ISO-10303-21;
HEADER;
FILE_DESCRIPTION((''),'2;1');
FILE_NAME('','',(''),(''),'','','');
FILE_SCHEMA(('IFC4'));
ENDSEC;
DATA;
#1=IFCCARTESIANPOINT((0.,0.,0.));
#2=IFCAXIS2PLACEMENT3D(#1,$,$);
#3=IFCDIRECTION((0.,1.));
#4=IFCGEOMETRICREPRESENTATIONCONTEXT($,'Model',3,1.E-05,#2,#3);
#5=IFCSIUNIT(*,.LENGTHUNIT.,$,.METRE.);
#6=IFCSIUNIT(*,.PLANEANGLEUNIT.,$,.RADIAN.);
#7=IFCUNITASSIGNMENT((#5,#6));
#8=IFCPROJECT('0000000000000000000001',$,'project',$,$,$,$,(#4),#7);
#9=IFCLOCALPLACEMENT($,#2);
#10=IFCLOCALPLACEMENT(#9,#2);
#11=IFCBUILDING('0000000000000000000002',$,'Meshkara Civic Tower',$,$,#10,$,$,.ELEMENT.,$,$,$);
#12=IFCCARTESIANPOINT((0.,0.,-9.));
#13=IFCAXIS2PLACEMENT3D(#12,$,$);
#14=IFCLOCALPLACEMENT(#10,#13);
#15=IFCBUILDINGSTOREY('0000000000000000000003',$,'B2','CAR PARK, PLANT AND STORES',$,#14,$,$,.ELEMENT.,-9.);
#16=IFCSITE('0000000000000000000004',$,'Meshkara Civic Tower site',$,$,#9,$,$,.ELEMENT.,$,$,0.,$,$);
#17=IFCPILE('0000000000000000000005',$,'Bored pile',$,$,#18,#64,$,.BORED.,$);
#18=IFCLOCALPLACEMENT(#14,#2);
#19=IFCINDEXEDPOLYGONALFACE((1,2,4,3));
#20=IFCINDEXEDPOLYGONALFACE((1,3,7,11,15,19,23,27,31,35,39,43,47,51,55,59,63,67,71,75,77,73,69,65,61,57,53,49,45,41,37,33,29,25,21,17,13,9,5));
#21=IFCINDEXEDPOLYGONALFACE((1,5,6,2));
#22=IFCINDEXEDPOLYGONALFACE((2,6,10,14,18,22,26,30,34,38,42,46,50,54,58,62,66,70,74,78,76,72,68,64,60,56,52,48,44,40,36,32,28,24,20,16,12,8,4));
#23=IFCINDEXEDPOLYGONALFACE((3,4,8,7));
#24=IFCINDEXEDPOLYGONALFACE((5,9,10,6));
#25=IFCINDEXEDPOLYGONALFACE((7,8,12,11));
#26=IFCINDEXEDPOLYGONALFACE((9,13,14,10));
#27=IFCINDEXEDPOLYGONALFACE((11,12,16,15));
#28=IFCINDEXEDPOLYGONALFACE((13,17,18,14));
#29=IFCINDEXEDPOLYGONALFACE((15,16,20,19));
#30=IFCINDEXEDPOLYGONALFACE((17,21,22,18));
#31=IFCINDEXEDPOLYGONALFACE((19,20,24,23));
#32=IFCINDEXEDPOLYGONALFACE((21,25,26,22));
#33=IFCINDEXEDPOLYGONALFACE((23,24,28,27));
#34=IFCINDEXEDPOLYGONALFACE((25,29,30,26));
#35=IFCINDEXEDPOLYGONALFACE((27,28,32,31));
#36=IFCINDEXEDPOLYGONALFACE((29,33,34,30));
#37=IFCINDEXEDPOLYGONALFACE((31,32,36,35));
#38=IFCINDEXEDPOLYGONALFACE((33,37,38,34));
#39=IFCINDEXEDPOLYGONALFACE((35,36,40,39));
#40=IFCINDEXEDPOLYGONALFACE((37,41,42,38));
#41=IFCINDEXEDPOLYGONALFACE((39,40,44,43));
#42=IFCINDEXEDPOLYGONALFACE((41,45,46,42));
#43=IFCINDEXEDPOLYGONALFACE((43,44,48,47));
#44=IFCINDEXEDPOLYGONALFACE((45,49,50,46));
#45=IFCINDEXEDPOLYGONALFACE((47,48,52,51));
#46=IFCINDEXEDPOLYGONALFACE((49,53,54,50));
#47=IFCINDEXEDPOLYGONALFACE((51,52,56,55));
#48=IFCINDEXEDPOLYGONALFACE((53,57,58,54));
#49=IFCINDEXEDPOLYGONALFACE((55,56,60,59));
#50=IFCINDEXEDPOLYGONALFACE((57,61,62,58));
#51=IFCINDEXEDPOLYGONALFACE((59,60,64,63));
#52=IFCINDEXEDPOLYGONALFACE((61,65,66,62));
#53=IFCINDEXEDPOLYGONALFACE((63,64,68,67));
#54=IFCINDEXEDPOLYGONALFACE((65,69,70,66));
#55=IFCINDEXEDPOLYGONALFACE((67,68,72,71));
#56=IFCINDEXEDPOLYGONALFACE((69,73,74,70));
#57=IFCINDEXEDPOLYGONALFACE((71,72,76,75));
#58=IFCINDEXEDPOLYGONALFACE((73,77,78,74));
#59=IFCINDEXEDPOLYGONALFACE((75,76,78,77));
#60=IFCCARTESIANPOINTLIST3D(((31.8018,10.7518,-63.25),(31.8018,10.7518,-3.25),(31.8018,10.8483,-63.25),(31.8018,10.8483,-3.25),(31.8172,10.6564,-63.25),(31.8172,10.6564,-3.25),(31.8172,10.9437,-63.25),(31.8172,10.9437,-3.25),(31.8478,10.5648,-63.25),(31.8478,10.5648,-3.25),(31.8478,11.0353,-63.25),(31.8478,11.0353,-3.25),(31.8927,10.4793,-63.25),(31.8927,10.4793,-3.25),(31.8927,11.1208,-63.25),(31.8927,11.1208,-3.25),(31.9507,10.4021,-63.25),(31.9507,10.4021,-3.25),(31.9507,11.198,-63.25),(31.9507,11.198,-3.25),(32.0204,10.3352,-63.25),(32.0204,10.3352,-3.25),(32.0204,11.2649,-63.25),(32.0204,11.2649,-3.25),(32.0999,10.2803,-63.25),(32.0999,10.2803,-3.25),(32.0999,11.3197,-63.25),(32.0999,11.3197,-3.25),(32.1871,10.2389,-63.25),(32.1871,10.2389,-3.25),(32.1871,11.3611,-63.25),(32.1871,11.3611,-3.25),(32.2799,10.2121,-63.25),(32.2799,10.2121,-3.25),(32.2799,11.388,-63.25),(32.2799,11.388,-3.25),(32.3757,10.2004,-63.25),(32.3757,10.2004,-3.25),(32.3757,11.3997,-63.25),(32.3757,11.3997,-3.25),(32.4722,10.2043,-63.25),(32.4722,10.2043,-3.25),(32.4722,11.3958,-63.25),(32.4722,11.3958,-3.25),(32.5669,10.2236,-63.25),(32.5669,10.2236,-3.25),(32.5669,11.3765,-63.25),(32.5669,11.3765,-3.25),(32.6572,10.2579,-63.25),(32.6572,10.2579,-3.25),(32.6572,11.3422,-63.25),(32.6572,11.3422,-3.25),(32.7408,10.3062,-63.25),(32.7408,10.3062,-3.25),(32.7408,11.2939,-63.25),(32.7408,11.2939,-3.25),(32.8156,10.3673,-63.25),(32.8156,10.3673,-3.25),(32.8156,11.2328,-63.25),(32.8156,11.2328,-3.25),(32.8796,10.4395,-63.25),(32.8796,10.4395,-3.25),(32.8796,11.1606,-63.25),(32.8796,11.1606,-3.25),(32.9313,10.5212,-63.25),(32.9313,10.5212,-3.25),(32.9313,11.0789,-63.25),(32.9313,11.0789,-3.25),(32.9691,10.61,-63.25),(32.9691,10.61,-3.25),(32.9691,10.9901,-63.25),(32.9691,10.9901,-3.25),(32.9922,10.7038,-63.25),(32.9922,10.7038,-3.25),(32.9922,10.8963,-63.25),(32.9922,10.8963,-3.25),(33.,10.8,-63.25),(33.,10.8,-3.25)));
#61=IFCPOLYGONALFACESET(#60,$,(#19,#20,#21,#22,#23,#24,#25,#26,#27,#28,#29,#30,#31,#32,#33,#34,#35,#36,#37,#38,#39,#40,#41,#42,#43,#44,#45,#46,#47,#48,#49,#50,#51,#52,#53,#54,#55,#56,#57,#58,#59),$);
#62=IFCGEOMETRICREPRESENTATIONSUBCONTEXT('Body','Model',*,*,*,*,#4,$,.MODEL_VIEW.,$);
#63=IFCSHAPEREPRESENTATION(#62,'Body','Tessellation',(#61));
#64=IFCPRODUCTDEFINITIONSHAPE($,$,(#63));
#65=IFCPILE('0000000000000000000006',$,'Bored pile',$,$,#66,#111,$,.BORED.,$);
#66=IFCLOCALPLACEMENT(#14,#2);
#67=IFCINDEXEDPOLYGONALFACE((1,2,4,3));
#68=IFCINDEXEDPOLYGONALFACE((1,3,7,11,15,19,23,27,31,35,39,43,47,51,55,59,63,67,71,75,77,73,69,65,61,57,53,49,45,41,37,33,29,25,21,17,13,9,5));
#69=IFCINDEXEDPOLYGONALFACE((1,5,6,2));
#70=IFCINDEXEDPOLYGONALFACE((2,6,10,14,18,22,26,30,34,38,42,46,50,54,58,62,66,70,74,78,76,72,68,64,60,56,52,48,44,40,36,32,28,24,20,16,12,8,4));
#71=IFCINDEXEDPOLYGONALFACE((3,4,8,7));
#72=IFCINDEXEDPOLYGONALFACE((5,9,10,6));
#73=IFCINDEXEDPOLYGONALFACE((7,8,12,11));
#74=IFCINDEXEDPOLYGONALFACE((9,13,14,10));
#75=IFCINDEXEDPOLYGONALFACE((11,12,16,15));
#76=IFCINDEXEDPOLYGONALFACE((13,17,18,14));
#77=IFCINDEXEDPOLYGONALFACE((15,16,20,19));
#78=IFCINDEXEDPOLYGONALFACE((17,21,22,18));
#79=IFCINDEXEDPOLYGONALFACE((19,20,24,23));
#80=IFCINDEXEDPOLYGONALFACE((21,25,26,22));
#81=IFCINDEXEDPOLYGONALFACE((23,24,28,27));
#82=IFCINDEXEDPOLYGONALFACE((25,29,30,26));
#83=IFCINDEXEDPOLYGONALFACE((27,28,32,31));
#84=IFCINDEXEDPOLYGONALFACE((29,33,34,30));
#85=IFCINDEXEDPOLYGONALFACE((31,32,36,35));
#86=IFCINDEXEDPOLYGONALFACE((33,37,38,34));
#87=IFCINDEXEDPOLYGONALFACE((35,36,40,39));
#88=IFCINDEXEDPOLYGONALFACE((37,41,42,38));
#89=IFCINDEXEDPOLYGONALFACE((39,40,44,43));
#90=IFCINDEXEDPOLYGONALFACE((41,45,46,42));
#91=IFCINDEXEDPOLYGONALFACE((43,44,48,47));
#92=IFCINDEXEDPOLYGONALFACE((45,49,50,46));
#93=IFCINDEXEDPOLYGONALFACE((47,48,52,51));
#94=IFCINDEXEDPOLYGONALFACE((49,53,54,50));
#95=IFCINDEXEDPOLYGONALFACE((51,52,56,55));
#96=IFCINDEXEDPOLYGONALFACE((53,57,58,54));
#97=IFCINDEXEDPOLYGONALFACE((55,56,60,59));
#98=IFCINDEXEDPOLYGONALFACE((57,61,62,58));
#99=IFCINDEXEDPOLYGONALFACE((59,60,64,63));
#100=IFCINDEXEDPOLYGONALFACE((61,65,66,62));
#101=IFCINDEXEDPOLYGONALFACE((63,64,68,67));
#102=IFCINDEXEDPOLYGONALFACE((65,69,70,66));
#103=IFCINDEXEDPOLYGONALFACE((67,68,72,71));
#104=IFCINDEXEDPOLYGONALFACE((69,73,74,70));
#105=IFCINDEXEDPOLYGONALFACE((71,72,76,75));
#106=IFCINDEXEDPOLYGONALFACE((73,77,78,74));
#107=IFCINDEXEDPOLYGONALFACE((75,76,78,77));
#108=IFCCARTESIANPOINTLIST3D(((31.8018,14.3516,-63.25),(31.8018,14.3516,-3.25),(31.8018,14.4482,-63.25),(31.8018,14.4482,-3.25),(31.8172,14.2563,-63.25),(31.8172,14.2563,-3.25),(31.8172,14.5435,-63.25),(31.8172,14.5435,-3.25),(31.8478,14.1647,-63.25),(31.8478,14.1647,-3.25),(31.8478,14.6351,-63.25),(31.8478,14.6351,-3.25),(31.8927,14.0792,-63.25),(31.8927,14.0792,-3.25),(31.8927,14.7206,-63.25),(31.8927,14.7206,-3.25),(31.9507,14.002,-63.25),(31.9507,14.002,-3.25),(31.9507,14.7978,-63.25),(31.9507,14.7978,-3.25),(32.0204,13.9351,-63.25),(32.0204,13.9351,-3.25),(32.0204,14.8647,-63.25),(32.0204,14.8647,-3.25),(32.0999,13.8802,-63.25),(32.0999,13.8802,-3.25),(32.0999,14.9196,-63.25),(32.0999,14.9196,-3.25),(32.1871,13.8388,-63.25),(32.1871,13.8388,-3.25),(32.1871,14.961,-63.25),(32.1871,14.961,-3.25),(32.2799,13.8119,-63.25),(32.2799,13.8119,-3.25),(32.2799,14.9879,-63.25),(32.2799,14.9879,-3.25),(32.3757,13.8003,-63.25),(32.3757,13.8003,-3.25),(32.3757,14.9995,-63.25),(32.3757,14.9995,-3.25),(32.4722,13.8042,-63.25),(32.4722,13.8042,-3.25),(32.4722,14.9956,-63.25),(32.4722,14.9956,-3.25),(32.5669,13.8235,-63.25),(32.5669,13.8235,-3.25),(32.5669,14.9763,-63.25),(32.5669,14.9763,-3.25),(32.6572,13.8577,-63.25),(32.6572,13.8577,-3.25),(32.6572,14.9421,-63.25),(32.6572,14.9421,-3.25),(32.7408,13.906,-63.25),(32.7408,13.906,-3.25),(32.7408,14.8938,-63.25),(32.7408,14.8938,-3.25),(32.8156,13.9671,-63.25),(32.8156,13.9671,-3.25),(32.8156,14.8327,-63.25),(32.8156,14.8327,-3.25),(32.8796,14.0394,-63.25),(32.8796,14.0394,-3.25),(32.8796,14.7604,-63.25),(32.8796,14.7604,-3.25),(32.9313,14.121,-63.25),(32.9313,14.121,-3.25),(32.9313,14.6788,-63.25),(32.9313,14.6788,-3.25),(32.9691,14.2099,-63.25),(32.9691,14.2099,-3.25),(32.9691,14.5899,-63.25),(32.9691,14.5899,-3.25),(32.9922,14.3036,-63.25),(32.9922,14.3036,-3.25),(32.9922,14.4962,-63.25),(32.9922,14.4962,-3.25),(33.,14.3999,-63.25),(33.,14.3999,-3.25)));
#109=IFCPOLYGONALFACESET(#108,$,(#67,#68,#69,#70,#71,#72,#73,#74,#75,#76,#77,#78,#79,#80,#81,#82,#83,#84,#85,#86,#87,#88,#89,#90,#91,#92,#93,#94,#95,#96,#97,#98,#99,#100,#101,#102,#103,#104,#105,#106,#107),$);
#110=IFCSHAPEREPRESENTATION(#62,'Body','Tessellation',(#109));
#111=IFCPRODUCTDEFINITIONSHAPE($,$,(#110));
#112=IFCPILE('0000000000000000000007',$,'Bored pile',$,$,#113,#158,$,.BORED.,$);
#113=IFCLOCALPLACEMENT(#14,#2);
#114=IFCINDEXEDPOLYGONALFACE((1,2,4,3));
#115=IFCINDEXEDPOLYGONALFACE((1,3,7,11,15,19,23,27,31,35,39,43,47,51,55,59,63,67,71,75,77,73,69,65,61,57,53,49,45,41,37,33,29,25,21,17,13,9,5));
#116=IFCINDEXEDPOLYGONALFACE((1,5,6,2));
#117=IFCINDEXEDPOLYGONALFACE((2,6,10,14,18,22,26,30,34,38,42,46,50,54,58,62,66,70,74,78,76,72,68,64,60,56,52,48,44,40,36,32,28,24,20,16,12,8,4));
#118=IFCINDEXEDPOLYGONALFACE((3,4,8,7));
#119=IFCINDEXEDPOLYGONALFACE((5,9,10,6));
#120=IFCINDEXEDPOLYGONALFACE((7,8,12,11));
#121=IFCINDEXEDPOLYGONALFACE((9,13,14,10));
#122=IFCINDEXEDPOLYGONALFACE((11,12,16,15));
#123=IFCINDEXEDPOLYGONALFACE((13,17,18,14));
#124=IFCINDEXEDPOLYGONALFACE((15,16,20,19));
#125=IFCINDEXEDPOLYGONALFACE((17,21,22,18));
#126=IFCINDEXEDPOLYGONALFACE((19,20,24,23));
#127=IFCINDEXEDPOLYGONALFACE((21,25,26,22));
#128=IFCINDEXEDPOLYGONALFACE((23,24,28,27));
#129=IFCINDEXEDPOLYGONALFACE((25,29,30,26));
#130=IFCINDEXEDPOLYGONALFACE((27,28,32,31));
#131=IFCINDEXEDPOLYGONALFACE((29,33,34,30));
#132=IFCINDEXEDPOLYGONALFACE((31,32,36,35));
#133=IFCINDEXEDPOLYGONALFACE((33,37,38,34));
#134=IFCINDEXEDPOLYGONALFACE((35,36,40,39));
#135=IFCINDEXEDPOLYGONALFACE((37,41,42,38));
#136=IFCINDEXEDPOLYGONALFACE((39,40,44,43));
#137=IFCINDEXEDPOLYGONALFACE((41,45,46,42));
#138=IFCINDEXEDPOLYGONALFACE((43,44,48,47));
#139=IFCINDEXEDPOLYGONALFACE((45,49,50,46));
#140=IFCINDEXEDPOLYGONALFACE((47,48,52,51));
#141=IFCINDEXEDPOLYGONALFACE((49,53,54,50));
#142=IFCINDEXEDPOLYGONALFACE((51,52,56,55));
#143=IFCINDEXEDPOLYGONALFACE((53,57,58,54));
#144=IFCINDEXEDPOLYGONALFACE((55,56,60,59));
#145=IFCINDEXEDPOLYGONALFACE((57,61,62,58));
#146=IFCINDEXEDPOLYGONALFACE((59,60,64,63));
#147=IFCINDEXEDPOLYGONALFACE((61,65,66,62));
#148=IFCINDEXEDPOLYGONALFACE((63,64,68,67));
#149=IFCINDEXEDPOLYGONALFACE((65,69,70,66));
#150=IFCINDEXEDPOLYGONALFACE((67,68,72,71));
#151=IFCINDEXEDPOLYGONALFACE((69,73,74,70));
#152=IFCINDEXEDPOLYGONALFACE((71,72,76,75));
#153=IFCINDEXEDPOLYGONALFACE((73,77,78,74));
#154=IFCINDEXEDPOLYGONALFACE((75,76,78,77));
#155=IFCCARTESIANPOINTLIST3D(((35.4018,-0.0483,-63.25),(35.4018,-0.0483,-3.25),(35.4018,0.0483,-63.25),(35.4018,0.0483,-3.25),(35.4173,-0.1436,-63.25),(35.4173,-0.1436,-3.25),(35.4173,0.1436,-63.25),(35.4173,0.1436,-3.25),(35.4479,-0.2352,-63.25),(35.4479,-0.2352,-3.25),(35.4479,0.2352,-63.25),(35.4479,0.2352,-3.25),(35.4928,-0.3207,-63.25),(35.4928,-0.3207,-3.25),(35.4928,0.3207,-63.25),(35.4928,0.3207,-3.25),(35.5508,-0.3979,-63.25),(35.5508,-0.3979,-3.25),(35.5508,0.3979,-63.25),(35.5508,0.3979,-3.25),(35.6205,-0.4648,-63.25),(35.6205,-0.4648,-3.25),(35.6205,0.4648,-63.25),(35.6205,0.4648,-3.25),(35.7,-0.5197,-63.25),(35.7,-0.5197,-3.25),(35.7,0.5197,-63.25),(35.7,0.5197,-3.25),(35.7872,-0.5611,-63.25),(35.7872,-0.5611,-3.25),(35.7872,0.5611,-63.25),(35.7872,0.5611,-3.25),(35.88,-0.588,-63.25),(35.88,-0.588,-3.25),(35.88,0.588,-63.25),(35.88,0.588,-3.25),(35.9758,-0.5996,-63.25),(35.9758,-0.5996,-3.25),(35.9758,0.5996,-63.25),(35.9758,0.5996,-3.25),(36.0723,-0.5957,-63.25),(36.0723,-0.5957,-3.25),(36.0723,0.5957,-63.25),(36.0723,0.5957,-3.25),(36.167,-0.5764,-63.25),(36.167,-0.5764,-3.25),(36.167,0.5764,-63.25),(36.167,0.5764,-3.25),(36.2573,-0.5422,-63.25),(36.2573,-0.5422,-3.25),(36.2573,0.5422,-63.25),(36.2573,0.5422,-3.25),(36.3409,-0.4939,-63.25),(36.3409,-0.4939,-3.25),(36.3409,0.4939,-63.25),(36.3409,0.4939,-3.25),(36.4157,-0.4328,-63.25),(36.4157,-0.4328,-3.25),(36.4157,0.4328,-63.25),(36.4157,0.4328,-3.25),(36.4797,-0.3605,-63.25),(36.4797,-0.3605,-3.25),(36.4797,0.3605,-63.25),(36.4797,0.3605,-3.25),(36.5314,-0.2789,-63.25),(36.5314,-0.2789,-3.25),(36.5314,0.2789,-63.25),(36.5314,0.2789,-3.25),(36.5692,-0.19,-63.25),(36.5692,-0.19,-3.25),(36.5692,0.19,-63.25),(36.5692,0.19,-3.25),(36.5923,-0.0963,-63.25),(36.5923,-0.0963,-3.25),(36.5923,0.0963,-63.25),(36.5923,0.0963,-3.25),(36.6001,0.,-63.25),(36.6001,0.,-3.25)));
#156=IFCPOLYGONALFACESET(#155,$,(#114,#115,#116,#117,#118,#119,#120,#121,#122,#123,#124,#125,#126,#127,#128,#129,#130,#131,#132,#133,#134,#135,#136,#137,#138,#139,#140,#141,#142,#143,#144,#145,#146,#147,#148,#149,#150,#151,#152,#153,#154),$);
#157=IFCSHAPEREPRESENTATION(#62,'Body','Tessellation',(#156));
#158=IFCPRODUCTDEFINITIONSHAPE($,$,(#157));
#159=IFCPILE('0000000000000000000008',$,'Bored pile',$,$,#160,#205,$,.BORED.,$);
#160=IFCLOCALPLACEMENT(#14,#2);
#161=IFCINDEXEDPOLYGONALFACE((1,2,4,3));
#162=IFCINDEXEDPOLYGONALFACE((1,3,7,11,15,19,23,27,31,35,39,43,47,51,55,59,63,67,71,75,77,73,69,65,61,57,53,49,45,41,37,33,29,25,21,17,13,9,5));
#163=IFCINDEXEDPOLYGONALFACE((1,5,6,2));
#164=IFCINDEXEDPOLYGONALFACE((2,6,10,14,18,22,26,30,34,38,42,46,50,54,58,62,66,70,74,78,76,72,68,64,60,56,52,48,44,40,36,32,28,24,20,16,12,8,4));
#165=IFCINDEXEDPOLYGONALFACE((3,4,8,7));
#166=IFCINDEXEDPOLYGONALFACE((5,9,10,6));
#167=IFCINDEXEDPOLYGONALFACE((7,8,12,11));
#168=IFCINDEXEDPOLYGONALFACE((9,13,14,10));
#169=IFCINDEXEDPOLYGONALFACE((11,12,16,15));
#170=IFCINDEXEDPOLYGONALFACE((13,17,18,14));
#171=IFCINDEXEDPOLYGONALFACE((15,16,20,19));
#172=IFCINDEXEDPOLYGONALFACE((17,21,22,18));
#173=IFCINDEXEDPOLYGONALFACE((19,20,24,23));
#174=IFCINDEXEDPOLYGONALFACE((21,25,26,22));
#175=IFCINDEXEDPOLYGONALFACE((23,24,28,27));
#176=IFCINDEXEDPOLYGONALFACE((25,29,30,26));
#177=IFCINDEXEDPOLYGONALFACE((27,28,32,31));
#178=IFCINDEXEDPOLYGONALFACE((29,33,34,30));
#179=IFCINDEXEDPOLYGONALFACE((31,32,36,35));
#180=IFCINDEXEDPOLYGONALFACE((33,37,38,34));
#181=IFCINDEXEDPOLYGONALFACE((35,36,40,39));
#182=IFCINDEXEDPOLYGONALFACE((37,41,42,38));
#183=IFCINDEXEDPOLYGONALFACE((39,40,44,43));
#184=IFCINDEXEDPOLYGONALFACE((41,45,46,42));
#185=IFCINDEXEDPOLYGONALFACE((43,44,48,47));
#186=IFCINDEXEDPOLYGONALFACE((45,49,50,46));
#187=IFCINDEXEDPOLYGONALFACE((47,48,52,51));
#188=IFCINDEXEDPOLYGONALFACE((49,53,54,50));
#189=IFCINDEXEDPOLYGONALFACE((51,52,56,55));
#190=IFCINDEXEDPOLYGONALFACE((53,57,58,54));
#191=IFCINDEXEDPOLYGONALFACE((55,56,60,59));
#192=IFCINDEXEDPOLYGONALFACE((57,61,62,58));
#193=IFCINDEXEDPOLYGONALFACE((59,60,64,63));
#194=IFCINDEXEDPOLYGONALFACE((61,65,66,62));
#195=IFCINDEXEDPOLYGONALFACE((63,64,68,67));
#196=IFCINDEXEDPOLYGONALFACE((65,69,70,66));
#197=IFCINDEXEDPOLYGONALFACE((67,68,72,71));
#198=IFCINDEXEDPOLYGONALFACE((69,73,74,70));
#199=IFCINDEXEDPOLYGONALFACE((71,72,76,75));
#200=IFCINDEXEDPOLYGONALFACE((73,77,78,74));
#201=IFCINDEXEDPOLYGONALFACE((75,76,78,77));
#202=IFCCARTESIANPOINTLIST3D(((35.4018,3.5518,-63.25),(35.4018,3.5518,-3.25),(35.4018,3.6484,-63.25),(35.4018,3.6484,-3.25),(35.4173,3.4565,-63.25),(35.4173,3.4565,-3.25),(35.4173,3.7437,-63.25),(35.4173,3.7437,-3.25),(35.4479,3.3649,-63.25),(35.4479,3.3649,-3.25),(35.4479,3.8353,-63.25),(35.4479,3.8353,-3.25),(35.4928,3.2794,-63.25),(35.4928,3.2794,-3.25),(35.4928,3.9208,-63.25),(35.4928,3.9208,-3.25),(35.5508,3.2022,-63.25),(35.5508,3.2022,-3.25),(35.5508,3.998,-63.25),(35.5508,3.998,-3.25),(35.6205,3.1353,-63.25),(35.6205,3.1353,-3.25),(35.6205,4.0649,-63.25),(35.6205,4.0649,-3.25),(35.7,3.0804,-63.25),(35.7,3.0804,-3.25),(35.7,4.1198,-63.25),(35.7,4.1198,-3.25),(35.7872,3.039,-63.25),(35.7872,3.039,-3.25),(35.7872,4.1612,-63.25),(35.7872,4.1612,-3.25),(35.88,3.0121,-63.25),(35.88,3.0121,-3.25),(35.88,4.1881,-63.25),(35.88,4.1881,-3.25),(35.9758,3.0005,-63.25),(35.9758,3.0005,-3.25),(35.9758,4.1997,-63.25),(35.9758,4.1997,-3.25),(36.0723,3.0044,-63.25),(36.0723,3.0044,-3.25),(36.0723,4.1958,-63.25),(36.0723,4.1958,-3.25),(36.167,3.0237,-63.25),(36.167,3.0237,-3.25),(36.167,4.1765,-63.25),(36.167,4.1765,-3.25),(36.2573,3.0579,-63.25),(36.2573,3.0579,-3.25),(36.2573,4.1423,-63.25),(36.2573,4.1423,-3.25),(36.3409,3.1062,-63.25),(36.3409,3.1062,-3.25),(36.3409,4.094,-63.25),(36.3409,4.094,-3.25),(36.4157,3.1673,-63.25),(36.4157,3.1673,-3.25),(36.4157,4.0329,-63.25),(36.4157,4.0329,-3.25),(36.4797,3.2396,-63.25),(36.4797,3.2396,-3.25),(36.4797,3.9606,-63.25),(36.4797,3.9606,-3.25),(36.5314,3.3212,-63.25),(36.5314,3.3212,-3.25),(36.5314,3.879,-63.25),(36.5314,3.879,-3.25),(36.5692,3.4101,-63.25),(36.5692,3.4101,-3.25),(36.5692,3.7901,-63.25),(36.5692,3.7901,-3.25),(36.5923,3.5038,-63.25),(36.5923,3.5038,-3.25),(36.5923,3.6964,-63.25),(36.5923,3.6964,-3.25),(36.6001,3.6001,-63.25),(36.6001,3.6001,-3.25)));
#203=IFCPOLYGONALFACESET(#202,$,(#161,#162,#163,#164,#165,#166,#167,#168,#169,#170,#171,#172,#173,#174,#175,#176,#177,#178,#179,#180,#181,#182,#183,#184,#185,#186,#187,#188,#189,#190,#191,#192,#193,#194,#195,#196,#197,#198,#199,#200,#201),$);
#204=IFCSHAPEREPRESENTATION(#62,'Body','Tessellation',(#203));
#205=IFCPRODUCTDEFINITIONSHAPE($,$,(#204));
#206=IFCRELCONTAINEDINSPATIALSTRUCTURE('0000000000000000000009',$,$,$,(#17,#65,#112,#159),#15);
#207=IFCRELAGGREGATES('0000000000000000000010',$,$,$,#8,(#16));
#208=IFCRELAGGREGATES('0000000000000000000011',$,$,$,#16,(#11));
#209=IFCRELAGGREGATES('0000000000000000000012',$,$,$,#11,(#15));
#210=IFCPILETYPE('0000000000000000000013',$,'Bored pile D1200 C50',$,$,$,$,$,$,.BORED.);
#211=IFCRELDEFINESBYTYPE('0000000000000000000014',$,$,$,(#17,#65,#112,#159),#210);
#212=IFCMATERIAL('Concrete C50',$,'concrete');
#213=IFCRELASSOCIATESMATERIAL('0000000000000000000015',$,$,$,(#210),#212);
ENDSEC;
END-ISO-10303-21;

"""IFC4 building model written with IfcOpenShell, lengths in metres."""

from ifc_helpers import new_model, si_unit, direction, frame, origin, origin_2d, place, context, subcontext, project, spatial, circle, extrude, material, material_profile, profile_set, type_object, element, save


model = new_model("IFC4")

# Units and contexts
model_context = context("Model", 3, precision=1e-05, world=origin(), true_north=direction((0.0, 1.0)))
body_context = subcontext(model_context, "Body", "Model", "MODEL_VIEW")
ifc_project = project(units=[si_unit("LENGTHUNIT", "METRE"), si_unit("PLANEANGLEUNIT", "RADIAN")], contexts=[model_context])

# Site, building, storey
site_placement = place(None, origin())
site = spatial("IfcSite", under=ifc_project, at=site_placement, Name="Meshkara Civic Tower site", CompositionType="ELEMENT", RefElevation=0.0)
building_placement = place(site_placement, origin())
building = spatial("IfcBuilding", under=site, at=building_placement, Name="Meshkara Civic Tower", CompositionType="ELEMENT")
storey_placement = place(building_placement, frame((0.0, 0.0, -9.0)))
storey = spatial("IfcBuildingStorey", under=building, at=storey_placement, Name="B2", Description="CAR PARK, PLANT AND STORES", CompositionType="ELEMENT", Elevation=-9.0)

# Piles
ifc_material_1 = material(Name="Concrete C50", Category="concrete")
ifc_material_profile_1 = material_profile(ifc_material_1, circle(Radius=0.6001, at=origin_2d()))
ifc_profile_set_1 = profile_set([ifc_material_profile_1], Name="Concrete C50")
pile_type = type_object("IfcPileType", Name="Bored pile D1200 C50", PredefinedType="BORED", material=ifc_profile_set_1)
for number, where, z_axis, x_axis, name in (
    (1, (32.3999, 10.8, -3.25), (0.0, 0.0, -1.0), (1.0, 0.0, 0.0), "Bored pile"),
    (2, (32.3999, 14.3999, -3.25), (0.0, 0.0, -1.0), (1.0, 0.0, 0.0), "Bored pile"),
    (3, (36.0, 0.0, -3.25), (0.0, 0.0, -1.0), (1.0, 0.0, 0.0), "Bored pile"),
    (4, (36.0, 3.6001, -3.25), (0.0, 0.0, -1.0), (1.0, 0.0, 0.0), "Bored pile"),
):
    element("IfcPile", number, at=place(storey_placement, frame(where, z_axis=z_axis, x_axis=x_axis)), inside=storey, type_object=pile_type, Name=name, PredefinedType="BORED", context=body_context, shape_type="SweptSolid", body=[
        extrude(circle(Radius=0.6001, at=origin_2d()), origin(), (0.0, 0.0, 1.0), 60.0),
    ])

save(model, "model.ifc")
